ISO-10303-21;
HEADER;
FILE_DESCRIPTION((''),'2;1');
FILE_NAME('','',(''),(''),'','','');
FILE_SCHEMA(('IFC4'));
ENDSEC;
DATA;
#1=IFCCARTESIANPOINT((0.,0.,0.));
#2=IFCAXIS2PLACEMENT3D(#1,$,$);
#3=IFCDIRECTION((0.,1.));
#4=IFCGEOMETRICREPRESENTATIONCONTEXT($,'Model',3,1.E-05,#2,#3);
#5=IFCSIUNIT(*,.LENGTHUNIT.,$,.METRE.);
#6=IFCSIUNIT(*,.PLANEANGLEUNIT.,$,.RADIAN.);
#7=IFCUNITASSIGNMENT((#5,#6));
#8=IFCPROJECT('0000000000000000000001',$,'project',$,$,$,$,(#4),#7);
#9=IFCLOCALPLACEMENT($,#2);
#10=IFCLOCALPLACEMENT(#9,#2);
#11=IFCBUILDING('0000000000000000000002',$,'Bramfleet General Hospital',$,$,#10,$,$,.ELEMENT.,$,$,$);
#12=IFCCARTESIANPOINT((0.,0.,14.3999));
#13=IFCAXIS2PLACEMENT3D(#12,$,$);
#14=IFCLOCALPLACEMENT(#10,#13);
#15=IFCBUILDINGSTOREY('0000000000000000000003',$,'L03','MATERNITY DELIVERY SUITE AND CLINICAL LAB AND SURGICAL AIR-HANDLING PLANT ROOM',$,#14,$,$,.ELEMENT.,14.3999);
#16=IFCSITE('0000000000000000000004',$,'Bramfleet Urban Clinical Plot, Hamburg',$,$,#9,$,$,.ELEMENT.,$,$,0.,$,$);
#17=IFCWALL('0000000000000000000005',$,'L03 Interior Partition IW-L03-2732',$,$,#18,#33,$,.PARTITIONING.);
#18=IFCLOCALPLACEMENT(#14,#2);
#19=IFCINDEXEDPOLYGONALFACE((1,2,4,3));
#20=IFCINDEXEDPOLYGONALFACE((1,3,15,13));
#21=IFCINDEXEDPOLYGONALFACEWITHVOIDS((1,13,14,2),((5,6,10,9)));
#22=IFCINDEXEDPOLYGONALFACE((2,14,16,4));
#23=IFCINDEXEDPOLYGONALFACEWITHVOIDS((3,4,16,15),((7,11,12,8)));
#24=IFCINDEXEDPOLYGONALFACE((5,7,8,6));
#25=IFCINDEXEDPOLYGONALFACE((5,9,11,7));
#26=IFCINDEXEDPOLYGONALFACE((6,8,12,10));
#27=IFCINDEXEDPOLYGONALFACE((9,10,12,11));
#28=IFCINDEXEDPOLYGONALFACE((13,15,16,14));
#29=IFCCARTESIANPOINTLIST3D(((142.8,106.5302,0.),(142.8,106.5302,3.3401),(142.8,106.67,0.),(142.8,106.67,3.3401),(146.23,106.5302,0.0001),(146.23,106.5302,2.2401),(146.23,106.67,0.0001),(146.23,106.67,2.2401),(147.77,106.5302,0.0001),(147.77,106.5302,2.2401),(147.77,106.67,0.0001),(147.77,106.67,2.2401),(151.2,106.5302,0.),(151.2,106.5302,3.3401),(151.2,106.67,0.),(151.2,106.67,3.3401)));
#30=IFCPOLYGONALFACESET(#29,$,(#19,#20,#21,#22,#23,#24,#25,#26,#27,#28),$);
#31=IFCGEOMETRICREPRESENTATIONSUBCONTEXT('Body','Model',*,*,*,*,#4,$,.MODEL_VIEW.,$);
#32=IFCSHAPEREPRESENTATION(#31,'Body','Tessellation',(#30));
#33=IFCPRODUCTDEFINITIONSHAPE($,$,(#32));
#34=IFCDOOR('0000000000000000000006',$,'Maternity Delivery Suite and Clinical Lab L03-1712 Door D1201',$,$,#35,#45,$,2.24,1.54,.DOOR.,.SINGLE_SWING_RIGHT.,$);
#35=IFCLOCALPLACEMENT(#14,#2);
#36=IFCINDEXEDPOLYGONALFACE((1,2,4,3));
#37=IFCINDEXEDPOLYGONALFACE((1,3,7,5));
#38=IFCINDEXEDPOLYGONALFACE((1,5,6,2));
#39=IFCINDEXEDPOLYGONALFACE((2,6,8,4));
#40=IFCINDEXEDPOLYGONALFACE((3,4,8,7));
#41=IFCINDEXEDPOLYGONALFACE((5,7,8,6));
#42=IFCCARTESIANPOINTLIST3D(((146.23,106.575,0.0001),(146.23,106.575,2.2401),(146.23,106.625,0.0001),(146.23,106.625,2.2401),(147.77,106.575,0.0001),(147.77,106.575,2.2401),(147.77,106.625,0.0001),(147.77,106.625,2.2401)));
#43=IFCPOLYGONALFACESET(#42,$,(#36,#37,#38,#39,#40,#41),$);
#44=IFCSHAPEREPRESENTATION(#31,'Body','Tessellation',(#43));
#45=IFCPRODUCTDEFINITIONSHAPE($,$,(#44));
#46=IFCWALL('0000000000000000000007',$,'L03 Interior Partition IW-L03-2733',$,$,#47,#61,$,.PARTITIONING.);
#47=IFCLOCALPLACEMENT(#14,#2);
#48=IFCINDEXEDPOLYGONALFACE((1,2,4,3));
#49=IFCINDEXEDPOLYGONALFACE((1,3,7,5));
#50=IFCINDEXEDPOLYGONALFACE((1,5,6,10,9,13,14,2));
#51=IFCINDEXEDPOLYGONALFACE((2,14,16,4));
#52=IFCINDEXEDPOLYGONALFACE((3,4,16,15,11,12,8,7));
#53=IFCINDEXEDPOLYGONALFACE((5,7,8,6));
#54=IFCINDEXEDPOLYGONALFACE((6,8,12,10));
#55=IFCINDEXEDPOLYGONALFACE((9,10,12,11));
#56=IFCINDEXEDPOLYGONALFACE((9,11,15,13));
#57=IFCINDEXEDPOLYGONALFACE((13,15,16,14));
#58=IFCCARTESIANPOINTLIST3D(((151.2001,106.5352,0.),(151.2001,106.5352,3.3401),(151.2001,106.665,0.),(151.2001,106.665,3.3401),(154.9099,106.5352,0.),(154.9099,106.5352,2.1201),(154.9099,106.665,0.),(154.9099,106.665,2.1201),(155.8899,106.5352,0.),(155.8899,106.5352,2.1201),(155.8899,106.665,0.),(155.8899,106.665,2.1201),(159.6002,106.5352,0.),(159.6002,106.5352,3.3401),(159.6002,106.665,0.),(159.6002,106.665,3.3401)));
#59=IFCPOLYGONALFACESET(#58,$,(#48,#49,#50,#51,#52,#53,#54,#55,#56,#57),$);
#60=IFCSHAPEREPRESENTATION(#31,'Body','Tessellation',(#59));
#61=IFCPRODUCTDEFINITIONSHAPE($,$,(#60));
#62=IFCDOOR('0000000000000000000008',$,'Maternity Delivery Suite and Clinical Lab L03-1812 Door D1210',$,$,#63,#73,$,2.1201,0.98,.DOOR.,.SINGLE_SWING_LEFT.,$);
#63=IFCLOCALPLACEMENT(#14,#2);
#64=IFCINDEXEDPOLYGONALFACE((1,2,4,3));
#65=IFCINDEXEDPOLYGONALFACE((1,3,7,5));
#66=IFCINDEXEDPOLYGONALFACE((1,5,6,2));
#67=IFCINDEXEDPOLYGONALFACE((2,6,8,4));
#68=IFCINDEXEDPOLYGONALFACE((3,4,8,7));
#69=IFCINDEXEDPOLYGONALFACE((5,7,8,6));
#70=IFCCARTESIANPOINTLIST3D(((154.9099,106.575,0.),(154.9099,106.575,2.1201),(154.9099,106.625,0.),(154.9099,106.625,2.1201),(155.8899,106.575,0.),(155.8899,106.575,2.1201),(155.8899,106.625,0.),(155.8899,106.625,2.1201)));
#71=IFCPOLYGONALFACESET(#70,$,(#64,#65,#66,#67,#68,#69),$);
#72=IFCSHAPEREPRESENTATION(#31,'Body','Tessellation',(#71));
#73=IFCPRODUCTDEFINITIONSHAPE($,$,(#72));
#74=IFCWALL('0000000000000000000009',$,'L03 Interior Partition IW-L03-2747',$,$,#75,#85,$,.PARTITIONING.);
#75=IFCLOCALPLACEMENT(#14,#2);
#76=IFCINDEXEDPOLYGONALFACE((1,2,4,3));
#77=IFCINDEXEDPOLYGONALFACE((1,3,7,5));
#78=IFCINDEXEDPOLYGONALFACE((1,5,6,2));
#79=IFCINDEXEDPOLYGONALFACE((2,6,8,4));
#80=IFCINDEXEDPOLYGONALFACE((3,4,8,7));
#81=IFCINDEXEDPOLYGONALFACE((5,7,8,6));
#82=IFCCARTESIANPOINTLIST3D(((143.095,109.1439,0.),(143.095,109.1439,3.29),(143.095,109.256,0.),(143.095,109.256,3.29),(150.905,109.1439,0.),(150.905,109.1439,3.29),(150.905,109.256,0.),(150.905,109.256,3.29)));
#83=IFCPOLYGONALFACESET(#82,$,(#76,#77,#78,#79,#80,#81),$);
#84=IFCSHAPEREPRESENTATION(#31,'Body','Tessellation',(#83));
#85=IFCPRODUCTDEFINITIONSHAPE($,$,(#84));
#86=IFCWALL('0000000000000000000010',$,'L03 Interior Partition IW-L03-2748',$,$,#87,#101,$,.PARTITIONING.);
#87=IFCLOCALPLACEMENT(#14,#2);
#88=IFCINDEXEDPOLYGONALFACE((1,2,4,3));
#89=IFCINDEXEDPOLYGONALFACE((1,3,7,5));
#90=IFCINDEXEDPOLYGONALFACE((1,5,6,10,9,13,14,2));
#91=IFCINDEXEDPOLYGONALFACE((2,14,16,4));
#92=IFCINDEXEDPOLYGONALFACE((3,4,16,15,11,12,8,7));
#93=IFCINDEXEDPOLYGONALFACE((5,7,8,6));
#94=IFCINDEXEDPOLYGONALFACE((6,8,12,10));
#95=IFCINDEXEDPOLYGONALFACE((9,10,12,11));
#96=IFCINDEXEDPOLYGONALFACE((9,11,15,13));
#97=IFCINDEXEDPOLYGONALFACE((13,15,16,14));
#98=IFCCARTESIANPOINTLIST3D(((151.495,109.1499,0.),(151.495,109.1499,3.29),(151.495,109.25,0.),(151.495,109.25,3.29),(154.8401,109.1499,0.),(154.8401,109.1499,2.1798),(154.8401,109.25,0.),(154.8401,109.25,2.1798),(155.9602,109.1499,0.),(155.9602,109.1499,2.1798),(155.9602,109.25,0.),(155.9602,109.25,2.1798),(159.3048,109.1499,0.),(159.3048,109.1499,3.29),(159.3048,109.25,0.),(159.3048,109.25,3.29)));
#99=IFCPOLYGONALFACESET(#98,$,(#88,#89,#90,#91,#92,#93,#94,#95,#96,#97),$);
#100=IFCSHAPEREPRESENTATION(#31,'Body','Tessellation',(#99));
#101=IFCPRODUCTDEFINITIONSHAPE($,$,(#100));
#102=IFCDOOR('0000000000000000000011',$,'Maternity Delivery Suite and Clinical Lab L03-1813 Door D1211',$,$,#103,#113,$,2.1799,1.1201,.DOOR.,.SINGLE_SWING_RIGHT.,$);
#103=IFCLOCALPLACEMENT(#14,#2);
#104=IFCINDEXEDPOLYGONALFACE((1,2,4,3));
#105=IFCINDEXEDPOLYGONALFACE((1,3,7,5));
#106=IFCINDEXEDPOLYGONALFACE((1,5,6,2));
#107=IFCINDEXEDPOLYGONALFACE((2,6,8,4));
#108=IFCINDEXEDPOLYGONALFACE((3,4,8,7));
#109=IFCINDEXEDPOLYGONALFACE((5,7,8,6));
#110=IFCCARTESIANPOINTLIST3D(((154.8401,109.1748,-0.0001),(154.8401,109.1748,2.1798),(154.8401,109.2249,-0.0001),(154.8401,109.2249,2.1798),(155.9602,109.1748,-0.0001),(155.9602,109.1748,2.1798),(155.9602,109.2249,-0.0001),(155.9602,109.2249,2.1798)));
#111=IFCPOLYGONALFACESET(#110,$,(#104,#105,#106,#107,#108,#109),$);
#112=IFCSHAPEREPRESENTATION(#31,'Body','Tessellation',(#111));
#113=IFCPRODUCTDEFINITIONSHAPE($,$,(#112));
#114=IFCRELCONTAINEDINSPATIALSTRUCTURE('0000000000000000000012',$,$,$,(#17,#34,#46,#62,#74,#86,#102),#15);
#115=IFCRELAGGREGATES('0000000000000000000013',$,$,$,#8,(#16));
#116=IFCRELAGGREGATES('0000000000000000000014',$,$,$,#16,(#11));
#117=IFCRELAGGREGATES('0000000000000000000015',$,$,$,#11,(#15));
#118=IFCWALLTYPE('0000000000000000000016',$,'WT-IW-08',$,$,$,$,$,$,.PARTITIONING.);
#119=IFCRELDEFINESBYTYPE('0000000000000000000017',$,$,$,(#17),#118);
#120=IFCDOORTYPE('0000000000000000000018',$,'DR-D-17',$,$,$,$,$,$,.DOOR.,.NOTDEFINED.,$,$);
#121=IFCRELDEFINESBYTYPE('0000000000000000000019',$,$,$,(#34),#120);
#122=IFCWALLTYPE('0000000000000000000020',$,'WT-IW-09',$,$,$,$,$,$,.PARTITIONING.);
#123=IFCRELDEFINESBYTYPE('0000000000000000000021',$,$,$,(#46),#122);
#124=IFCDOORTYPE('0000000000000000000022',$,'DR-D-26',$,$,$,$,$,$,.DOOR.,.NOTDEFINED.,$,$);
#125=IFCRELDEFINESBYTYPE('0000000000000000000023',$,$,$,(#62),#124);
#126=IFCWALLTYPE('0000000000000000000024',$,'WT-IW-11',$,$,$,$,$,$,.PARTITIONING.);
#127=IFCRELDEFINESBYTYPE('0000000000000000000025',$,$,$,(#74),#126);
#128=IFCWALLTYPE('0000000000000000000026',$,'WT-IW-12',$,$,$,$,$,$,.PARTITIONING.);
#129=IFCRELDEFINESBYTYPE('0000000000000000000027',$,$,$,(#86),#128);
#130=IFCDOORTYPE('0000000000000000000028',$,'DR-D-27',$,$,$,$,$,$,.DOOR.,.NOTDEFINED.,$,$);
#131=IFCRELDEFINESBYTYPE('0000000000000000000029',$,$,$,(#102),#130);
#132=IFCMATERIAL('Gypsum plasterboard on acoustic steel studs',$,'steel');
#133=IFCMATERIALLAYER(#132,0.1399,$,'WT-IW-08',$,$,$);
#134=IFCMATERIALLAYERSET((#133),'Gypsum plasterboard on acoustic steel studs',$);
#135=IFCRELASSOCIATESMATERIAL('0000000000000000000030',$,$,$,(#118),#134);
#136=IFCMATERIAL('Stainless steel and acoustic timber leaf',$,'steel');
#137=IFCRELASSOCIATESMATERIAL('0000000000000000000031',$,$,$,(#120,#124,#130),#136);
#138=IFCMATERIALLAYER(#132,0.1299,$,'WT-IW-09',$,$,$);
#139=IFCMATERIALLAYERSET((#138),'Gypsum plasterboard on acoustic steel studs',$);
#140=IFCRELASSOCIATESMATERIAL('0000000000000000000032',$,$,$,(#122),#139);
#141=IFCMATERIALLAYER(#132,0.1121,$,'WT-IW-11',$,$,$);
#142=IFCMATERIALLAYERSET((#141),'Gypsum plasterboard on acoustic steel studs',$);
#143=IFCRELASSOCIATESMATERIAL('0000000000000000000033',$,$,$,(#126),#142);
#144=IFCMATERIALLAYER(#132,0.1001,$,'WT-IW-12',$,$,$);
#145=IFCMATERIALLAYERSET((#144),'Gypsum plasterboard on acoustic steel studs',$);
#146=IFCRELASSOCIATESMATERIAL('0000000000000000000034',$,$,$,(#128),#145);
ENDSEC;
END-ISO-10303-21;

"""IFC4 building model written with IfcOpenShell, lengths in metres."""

from ifc_helpers import new_model, si_unit, direction, frame, frame_2d, origin, place, context, subcontext, project, spatial, rectangle, extrude, material, layer, layer_set, type_object, element, fill, save


model = new_model("IFC4")

# Units and contexts
model_context = context("Model", 3, precision=1e-05, world=origin(), true_north=direction((0.0, 1.0)))
body_context = subcontext(model_context, "Body", "Model", "MODEL_VIEW")
ifc_project = project(units=[si_unit("LENGTHUNIT", "METRE"), si_unit("PLANEANGLEUNIT", "RADIAN")], contexts=[model_context])

# Site, building, storey
site_placement = place(None, origin())
site = spatial("IfcSite", under=ifc_project, at=site_placement, Name="Bramfleet Urban Clinical Plot, Hamburg", CompositionType="ELEMENT", RefElevation=0.0)
building_placement = place(site_placement, origin())
building = spatial("IfcBuilding", under=site, at=building_placement, Name="Bramfleet General Hospital", CompositionType="ELEMENT")
storey_placement = place(building_placement, frame((0.0, 0.0, 14.3999)))
storey = spatial("IfcBuildingStorey", under=building, at=storey_placement, Name="L03", Description="MATERNITY DELIVERY SUITE AND CLINICAL LAB AND SURGICAL AIR-HANDLING PLANT ROOM", CompositionType="ELEMENT", Elevation=14.3999)

# Shared definitions
ifc_material_1 = material(Name="Gypsum plasterboard on acoustic steel studs", Category="steel")

# Walls, openings, doors
ifc_layer_1 = layer(ifc_material_1, 0.1399, Name="WT-IW-08")
ifc_layer_set_1 = layer_set([ifc_layer_1], Name="Gypsum plasterboard on acoustic steel studs")
wall_type_1 = type_object("IfcWallType", Name="WT-IW-08", PredefinedType="PARTITIONING", material=ifc_layer_set_1)
wall_1_placement = place(storey_placement, frame((142.8, 106.6001, 0.0), z_axis=(0.0, 0.0, 1.0), x_axis=(1.0, 0.0, 0.0)))
wall_1 = element("IfcWall", 1, at=wall_1_placement, inside=storey, type_object=wall_type_1, Name="L03 Interior Partition IW-L03-2732", PredefinedType="PARTITIONING", context=body_context, shape_type="SweptSolid", body=[
    extrude(rectangle(XDim=8.3999, YDim=0.1399, at=frame_2d((4.2, 0.0))), origin(), (0.0, 0.0, 1.0), 3.3401),
])
opening_1_placement = place(wall_1_placement, frame((3.4299, 0.0, 0.0)))
opening_1 = element("IfcOpeningElement", 2, at=opening_1_placement, cuts=wall_1, PredefinedType="OPENING", context=body_context, shape_type="SweptSolid", body=[
    extrude(rectangle(XDim=1.54, YDim=2.24, at=frame_2d((0.77, 1.1201))), frame((0.0, 0.0798, 0.0), z_axis=(0.0, -1.0, 0.0), x_axis=(1.0, 0.0, 0.0)), (0.0, 0.0, 1.0), 0.1599),
])
ifc_material_2 = material(Name="Stainless steel and acoustic timber leaf", Category="steel")
door_type_1 = type_object("IfcDoorType", Name="DR-D-17", OperationType="NOTDEFINED", PredefinedType="DOOR", material=ifc_material_2)
door_1_placement = place(opening_1_placement, origin())
door_1 = element("IfcDoor", 3, at=door_1_placement, inside=storey, type_object=door_type_1, Name="Maternity Delivery Suite and Clinical Lab L03-1712 Door D1201", OperationType="SINGLE_SWING_RIGHT", OverallHeight=2.24, OverallWidth=1.54, PredefinedType="DOOR", context=body_context, shape_type="SweptSolid", body=[
    extrude(rectangle(XDim=1.54, YDim=2.24, at=frame_2d((0.77, 1.1201))), frame((0.0, 0.0249, 0.0), z_axis=(0.0, -1.0, 0.0), x_axis=(1.0, 0.0, 0.0)), (0.0, 0.0, 1.0), 0.05),
])
fill(opening_1, door_1)
ifc_layer_2 = layer(ifc_material_1, 0.1299, Name="WT-IW-09")
ifc_layer_set_2 = layer_set([ifc_layer_2], Name="Gypsum plasterboard on acoustic steel studs")
wall_type_2 = type_object("IfcWallType", Name="WT-IW-09", PredefinedType="PARTITIONING", material=ifc_layer_set_2)
wall_2_placement = place(storey_placement, frame((151.2, 106.6001, 0.0), z_axis=(0.0, 0.0, 1.0), x_axis=(1.0, 0.0, 0.0)))
wall_2 = element("IfcWall", 4, at=wall_2_placement, inside=storey, type_object=wall_type_2, Name="L03 Interior Partition IW-L03-2733", PredefinedType="PARTITIONING", context=body_context, shape_type="SweptSolid", body=[
    extrude(rectangle(XDim=8.4001, YDim=0.1299, at=frame_2d((4.2002, 0.0))), origin(), (0.0, 0.0, 1.0), 3.3401),
])
opening_2_placement = place(wall_2_placement, frame((3.71, 0.0, 0.0)))
opening_2 = element("IfcOpeningElement", 5, at=opening_2_placement, cuts=wall_2, PredefinedType="OPENING", context=body_context, shape_type="SweptSolid", body=[
    extrude(rectangle(XDim=0.98, YDim=2.1201, at=frame_2d((0.49, 1.0601))), frame((0.0, 0.075, 0.0), z_axis=(0.0, -1.0, 0.0), x_axis=(1.0, 0.0, 0.0)), (0.0, 0.0, 1.0), 0.1499),
])
door_type_2 = type_object("IfcDoorType", Name="DR-D-26", OperationType="NOTDEFINED", PredefinedType="DOOR", material=ifc_material_2)
door_2_placement = place(opening_2_placement, origin())
door_2 = element("IfcDoor", 6, at=door_2_placement, inside=storey, type_object=door_type_2, Name="Maternity Delivery Suite and Clinical Lab L03-1812 Door D1210", OperationType="SINGLE_SWING_LEFT", OverallHeight=2.1201, OverallWidth=0.98, PredefinedType="DOOR", context=body_context, shape_type="SweptSolid", body=[
    extrude(rectangle(XDim=0.98, YDim=2.1201, at=frame_2d((0.49, 1.0601))), frame((0.0, 0.0249, 0.0), z_axis=(0.0, -1.0, 0.0), x_axis=(1.0, 0.0, 0.0)), (0.0, 0.0, 1.0), 0.05),
])
fill(opening_2, door_2)

# Wall
ifc_layer_3 = layer(ifc_material_1, 0.1121, Name="WT-IW-11")
ifc_layer_set_3 = layer_set([ifc_layer_3], Name="Gypsum plasterboard on acoustic steel studs")
wall_type_3 = type_object("IfcWallType", Name="WT-IW-11", PredefinedType="PARTITIONING", material=ifc_layer_set_3)
wall_3_placement = place(storey_placement, frame((143.095, 109.2, 0.0), z_axis=(0.0, 0.0, 1.0), x_axis=(1.0, 0.0, 0.0)))
element("IfcWall", 7, at=wall_3_placement, inside=storey, type_object=wall_type_3, Name="L03 Interior Partition IW-L03-2747", PredefinedType="PARTITIONING", context=body_context, shape_type="SweptSolid", body=[
    extrude(rectangle(XDim=7.8101, YDim=0.1121, at=frame_2d((3.905, 0.0))), origin(), (0.0, 0.0, 1.0), 3.29),
])

# Wall, opening, door
ifc_layer_4 = layer(ifc_material_1, 0.1001, Name="WT-IW-12")
ifc_layer_set_4 = layer_set([ifc_layer_4], Name="Gypsum plasterboard on acoustic steel studs")
wall_type_4 = type_object("IfcWallType", Name="WT-IW-12", PredefinedType="PARTITIONING", material=ifc_layer_set_4)
wall_4_placement = place(storey_placement, frame((151.4951, 109.2, 0.0), z_axis=(0.0, 0.0, 1.0), x_axis=(1.0, 0.0, 0.0)))
wall_4 = element("IfcWall", 8, at=wall_4_placement, inside=storey, type_object=wall_type_4, Name="L03 Interior Partition IW-L03-2748", PredefinedType="PARTITIONING", context=body_context, shape_type="SweptSolid", body=[
    extrude(rectangle(XDim=7.8098, YDim=0.1001, at=frame_2d((3.9048, 0.0))), origin(), (0.0, 0.0, 1.0), 3.29),
])
opening_3_placement = place(wall_4_placement, frame((3.345, 0.0, 0.0)))
opening_3 = element("IfcOpeningElement", 9, at=opening_3_placement, cuts=wall_4, PredefinedType="OPENING", context=body_context, shape_type="SweptSolid", body=[
    extrude(rectangle(XDim=1.1201, YDim=2.1799, at=frame_2d((0.5601, 1.0898))), frame((0.0, 0.0601, 0.0), z_axis=(0.0, -1.0, 0.0), x_axis=(1.0, 0.0, 0.0)), (0.0, 0.0, 1.0), 0.1201),
])
door_type_3 = type_object("IfcDoorType", Name="DR-D-27", OperationType="NOTDEFINED", PredefinedType="DOOR", material=ifc_material_2)
door_3_placement = place(opening_3_placement, origin())
door_3 = element("IfcDoor", 10, at=door_3_placement, inside=storey, type_object=door_type_3, Name="Maternity Delivery Suite and Clinical Lab L03-1813 Door D1211", OperationType="SINGLE_SWING_RIGHT", OverallHeight=2.1799, OverallWidth=1.1201, PredefinedType="DOOR", context=body_context, shape_type="SweptSolid", body=[
    extrude(rectangle(XDim=1.1201, YDim=2.1799, at=frame_2d((0.5601, 1.0898))), frame((0.0, 0.0249, 0.0), z_axis=(0.0, -1.0, 0.0), x_axis=(1.0, 0.0, 0.0)), (0.0, 0.0, 1.0), 0.05),
])
fill(opening_3, door_3)

save(model, "model.ifc")
